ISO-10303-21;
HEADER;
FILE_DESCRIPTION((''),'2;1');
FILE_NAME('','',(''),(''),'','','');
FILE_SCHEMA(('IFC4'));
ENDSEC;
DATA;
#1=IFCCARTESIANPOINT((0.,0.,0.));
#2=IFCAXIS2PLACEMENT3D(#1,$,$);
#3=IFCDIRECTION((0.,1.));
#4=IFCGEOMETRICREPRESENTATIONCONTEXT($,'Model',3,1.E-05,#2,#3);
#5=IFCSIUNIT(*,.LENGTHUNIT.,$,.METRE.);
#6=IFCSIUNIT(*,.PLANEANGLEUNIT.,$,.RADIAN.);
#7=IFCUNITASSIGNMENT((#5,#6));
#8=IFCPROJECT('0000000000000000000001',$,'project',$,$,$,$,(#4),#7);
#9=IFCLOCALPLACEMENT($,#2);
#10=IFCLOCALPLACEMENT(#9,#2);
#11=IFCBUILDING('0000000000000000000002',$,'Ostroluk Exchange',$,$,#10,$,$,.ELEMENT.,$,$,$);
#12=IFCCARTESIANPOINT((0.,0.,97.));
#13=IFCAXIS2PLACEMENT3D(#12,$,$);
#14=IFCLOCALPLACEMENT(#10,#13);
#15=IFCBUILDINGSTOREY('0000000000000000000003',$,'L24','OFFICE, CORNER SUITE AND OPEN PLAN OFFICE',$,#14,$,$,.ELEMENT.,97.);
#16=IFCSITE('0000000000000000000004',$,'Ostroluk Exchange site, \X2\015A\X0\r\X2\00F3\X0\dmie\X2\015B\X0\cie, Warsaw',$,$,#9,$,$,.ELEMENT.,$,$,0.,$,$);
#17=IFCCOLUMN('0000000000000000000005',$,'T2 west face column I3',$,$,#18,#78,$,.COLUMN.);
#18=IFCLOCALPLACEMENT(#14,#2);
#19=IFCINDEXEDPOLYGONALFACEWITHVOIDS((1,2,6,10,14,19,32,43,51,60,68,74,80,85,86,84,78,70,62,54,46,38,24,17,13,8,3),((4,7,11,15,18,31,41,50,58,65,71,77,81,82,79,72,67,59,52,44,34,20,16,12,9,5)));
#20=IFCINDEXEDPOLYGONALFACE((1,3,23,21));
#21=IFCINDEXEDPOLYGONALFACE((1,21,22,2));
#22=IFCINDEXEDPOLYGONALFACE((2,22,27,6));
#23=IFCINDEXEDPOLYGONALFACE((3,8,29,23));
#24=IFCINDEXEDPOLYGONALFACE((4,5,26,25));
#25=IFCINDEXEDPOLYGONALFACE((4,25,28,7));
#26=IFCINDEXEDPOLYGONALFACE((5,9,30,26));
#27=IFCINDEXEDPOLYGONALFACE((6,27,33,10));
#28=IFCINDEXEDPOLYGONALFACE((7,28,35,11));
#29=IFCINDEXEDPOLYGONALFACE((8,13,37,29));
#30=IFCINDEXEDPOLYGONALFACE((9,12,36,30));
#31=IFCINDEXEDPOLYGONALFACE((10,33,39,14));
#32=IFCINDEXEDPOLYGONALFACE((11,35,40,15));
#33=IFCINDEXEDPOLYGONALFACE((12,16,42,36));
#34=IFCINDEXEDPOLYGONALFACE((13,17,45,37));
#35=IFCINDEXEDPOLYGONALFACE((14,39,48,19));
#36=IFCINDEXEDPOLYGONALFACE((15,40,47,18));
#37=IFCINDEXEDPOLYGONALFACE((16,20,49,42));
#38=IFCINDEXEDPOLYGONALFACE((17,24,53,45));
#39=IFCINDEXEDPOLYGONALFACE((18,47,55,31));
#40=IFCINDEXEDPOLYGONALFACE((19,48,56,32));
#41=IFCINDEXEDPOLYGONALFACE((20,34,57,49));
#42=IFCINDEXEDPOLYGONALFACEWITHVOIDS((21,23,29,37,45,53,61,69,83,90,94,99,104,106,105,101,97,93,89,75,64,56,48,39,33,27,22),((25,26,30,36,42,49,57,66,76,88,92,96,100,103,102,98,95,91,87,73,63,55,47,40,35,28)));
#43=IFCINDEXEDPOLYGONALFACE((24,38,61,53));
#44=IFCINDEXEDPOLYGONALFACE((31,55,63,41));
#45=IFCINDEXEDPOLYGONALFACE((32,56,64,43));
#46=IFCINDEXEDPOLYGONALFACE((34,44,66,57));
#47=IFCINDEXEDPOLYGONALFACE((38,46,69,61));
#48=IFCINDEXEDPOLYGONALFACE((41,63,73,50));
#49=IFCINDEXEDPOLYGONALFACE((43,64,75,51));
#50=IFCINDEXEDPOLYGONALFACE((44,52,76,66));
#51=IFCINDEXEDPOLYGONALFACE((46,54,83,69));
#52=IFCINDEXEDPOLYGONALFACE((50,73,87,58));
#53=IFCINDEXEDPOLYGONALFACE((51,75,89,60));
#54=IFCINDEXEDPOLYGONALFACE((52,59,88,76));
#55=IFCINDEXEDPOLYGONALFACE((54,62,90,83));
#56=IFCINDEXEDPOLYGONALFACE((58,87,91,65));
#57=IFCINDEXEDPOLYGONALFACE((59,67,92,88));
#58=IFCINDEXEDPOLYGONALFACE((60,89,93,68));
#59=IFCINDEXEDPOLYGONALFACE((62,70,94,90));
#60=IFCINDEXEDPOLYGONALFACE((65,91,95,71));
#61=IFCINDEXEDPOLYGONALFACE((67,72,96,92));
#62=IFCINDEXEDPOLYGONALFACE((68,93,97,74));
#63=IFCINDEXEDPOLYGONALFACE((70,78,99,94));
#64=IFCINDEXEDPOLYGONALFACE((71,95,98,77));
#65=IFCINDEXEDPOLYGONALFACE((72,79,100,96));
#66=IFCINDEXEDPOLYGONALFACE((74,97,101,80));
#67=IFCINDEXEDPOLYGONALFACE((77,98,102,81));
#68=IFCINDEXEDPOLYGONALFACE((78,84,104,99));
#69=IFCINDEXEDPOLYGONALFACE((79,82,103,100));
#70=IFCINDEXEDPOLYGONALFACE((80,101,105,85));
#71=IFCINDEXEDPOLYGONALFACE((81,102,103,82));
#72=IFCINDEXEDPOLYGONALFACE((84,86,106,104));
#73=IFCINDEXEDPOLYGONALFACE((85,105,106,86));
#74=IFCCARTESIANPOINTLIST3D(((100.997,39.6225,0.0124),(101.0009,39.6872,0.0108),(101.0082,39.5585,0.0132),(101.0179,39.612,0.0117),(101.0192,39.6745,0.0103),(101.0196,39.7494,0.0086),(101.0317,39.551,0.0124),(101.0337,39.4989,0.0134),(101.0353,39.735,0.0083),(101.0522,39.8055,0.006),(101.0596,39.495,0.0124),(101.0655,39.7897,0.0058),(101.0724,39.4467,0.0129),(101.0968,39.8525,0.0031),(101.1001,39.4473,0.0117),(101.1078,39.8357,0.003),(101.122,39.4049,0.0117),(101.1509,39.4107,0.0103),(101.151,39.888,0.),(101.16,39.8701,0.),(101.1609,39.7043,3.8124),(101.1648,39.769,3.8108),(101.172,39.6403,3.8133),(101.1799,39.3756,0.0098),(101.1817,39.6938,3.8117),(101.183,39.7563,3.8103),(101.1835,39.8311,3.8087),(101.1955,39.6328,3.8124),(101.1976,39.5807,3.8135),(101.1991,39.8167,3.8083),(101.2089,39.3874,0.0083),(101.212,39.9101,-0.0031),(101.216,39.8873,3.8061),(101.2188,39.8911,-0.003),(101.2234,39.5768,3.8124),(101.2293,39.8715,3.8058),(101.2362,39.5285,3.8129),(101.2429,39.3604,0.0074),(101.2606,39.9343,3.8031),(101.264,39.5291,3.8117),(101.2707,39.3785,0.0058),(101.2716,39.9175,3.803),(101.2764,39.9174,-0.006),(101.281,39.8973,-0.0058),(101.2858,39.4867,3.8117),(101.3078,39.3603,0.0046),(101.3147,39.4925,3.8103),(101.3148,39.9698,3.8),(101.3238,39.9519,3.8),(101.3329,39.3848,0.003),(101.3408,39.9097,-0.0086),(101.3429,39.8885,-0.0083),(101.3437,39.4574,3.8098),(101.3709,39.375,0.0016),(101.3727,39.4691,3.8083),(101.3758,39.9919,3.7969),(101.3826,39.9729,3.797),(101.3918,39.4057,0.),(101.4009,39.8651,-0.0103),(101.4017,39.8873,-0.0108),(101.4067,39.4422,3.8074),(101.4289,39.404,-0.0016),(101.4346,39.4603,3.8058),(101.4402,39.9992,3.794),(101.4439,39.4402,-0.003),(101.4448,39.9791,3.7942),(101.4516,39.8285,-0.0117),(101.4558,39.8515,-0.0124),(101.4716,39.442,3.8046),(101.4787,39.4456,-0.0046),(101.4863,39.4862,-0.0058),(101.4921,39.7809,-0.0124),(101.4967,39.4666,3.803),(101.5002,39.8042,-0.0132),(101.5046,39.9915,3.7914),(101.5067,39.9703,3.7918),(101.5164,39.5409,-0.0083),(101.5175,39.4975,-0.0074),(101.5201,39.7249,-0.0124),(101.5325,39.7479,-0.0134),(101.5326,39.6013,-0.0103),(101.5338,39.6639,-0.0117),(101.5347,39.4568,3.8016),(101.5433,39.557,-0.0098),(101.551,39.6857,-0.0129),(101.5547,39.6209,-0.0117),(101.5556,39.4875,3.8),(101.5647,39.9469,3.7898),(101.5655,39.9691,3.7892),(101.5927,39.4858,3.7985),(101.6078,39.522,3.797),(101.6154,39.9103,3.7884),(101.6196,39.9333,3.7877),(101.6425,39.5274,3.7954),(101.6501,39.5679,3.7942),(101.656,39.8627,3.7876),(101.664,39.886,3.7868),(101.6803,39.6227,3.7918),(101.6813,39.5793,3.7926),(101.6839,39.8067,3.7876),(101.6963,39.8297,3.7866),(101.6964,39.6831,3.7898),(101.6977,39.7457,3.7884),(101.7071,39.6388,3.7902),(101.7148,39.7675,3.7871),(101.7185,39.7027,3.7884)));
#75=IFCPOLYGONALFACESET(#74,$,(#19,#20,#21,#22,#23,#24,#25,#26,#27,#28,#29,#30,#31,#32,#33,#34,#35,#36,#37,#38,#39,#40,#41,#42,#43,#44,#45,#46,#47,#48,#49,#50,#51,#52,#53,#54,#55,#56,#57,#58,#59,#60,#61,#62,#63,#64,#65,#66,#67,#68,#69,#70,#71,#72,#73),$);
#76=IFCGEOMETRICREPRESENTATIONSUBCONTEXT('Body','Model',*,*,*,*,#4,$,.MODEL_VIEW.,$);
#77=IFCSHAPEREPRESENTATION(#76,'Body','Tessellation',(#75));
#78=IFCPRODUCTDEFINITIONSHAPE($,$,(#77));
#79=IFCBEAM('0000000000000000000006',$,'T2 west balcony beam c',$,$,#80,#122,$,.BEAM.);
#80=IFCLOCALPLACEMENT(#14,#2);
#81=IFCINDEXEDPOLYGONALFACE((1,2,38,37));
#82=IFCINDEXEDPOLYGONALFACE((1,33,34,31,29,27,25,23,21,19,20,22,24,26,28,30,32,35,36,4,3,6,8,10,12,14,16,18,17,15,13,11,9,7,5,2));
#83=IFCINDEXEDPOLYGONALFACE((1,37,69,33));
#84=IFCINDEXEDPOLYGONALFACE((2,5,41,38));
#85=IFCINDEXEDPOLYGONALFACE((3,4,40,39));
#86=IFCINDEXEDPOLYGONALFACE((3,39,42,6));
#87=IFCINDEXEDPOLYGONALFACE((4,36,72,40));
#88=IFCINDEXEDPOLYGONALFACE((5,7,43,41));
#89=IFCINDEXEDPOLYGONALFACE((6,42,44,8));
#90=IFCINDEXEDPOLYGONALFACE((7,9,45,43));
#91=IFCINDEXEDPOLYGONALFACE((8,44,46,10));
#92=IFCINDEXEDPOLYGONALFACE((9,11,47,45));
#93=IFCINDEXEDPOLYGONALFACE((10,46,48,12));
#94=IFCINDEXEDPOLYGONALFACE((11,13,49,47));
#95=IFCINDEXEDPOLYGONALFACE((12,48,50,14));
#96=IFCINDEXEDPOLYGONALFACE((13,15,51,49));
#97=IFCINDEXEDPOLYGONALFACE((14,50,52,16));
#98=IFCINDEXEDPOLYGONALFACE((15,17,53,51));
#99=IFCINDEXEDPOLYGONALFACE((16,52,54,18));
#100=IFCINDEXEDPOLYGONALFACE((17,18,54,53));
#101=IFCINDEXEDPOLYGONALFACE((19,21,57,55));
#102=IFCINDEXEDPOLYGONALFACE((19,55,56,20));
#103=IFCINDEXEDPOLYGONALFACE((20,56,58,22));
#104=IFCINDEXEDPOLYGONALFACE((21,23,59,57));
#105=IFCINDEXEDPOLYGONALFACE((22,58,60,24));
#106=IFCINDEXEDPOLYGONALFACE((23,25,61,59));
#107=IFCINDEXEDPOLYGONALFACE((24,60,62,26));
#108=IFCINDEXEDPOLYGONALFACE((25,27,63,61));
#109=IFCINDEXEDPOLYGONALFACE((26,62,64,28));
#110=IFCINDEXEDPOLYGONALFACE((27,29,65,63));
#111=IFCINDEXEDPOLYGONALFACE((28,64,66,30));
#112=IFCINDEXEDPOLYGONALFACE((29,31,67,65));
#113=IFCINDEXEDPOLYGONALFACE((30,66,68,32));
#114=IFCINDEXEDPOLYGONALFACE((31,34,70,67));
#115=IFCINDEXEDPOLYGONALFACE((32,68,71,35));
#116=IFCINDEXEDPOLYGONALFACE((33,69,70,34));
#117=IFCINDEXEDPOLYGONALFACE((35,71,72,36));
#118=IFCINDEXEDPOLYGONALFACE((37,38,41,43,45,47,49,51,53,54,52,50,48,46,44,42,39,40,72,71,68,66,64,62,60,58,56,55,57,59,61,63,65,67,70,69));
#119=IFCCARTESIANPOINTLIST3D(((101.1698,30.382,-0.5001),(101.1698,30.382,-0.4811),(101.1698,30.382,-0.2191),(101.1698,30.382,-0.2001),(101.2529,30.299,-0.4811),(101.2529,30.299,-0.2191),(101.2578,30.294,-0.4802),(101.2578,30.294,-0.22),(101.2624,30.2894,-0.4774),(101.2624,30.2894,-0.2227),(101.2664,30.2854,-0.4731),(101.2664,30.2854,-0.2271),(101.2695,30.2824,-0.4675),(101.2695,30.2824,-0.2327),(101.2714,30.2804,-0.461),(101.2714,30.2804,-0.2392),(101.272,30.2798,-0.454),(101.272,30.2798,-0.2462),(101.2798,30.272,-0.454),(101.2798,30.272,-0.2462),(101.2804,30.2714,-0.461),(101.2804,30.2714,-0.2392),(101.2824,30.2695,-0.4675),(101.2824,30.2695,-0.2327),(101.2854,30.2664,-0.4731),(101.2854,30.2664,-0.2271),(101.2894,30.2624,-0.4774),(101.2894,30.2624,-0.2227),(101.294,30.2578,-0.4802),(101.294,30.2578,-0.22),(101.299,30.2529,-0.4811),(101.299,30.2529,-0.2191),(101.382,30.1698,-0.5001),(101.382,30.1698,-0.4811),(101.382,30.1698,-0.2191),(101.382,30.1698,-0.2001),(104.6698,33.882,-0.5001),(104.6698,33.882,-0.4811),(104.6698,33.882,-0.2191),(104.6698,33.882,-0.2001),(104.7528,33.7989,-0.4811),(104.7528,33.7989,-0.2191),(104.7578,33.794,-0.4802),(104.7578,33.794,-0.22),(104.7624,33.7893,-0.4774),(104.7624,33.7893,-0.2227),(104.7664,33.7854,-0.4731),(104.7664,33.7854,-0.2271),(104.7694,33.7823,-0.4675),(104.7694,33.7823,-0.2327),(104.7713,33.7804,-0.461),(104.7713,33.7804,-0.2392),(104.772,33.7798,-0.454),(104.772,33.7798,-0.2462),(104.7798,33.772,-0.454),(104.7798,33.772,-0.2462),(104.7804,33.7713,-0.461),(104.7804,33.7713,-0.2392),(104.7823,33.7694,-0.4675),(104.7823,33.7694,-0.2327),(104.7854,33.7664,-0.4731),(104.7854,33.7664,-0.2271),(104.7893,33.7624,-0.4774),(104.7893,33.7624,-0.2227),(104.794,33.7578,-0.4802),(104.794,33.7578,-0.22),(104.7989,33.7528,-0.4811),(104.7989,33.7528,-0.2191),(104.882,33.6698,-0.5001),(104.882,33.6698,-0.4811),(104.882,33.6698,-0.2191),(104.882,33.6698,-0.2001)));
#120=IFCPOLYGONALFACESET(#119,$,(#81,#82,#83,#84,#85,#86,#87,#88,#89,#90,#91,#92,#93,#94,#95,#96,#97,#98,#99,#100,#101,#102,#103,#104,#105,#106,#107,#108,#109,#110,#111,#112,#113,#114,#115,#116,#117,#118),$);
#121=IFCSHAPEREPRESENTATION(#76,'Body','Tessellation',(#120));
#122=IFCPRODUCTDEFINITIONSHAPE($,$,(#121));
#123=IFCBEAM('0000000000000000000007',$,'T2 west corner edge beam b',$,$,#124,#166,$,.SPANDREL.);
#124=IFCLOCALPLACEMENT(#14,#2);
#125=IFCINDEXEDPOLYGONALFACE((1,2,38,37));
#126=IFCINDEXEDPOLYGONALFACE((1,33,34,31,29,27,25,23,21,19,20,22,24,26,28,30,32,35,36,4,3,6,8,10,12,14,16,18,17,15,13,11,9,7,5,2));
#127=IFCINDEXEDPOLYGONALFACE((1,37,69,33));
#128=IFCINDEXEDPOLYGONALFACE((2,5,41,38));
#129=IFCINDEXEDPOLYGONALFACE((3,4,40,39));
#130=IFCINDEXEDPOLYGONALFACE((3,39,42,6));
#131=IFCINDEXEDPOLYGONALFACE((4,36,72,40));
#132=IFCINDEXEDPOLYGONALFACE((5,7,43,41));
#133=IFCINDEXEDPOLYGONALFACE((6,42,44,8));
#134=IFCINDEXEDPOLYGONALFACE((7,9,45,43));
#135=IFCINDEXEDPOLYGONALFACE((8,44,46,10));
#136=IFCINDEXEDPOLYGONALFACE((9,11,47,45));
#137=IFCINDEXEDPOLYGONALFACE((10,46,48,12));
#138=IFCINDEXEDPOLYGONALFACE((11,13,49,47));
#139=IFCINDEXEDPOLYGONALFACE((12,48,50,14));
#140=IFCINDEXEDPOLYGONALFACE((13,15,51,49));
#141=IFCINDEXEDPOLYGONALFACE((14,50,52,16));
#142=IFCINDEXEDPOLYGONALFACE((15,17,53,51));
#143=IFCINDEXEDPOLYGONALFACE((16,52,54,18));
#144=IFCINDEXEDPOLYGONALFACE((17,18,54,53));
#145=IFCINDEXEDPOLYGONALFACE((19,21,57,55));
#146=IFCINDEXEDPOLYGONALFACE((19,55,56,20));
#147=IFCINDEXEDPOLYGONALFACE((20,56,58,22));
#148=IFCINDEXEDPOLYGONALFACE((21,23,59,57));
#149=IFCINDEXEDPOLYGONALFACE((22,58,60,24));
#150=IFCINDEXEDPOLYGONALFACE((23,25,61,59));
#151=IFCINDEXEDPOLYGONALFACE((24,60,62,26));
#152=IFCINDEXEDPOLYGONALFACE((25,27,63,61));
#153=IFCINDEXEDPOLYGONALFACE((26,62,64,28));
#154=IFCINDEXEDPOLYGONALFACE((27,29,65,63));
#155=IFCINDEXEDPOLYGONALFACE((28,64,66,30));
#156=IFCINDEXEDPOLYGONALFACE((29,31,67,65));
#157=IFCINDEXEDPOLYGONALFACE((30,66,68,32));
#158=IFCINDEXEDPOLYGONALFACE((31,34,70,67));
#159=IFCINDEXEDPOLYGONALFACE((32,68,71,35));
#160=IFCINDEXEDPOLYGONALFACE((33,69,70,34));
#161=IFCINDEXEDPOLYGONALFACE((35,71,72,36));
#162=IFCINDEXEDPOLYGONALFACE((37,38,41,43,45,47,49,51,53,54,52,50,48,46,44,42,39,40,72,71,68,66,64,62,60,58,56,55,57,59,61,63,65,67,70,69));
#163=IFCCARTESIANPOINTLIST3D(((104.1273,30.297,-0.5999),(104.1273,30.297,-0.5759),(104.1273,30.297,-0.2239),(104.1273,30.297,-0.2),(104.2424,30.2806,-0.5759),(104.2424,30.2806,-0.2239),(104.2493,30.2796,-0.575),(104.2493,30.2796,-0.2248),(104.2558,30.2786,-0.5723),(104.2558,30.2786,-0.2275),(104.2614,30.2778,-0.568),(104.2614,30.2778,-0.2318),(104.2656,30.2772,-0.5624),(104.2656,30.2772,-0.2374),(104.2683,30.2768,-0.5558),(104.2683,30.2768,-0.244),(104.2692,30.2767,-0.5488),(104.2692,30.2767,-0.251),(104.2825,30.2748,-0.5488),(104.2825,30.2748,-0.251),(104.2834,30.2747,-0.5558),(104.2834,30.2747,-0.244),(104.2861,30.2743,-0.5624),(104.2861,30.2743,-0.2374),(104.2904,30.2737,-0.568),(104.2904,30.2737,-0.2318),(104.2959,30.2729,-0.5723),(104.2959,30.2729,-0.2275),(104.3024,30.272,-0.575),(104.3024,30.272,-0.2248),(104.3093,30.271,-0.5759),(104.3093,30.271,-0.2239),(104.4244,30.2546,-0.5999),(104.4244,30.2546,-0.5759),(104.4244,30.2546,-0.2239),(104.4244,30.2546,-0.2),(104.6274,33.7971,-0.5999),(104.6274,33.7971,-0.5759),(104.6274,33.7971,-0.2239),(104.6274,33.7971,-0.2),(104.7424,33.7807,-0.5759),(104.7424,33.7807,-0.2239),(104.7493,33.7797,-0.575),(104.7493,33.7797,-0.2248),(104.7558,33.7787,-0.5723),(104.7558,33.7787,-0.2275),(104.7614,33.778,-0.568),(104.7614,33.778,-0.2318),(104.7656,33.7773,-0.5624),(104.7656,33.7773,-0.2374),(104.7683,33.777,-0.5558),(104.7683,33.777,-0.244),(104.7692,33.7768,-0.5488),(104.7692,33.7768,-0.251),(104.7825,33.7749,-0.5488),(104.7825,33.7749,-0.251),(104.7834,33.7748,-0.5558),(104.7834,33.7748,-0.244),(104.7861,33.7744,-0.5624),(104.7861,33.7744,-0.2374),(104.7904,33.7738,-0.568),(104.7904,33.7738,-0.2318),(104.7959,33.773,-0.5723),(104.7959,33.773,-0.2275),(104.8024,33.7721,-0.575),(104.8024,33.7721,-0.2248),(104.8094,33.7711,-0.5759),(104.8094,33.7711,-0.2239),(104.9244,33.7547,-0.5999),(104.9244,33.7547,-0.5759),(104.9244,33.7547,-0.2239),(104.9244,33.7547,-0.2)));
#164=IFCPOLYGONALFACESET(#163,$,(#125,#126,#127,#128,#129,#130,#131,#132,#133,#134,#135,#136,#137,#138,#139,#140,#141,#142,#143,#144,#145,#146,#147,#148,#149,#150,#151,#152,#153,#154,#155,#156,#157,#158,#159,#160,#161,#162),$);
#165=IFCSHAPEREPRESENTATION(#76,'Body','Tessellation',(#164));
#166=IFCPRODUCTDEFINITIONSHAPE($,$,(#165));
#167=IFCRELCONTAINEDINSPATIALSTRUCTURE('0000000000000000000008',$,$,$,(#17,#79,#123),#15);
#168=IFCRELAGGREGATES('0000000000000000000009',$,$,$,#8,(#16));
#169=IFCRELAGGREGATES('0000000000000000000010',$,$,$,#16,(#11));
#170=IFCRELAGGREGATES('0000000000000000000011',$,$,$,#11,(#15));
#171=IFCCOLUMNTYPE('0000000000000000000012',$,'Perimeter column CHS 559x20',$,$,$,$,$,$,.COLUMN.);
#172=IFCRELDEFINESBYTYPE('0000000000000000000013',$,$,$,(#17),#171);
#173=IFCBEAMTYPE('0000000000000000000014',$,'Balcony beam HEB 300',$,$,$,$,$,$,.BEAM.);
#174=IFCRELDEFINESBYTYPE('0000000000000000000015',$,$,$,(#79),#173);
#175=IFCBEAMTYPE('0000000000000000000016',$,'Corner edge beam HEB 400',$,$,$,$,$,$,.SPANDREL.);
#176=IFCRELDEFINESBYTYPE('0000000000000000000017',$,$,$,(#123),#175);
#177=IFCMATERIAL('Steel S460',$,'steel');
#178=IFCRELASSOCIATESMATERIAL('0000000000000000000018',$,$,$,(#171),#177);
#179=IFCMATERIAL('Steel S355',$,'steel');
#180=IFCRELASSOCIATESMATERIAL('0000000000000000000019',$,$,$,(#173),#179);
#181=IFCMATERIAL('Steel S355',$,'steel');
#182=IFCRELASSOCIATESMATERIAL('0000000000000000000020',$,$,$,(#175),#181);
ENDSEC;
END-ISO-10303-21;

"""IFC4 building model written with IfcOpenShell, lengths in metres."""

from ifc_helpers import new_model, si_unit, direction, frame, origin, origin_2d, place, context, subcontext, project, spatial, hollow_circle, i_section, extrude, material, material_profile, profile_set, type_object, element, save


model = new_model("IFC4")

# Units and contexts
model_context = context("Model", 3, precision=1e-05, world=origin(), true_north=direction((0.0, 1.0)))
body_context = subcontext(model_context, "Body", "Model", "MODEL_VIEW")
ifc_project = project(units=[si_unit("LENGTHUNIT", "METRE"), si_unit("PLANEANGLEUNIT", "RADIAN")], contexts=[model_context])

# Site, building, storey
site_placement = place(None, origin())
site = spatial("IfcSite", under=ifc_project, at=site_placement, Name="Ostroluk Exchange site, Śródmieście, Warsaw", CompositionType="ELEMENT", RefElevation=0.0)
building_placement = place(site_placement, origin())
building = spatial("IfcBuilding", under=site, at=building_placement, Name="Ostroluk Exchange", CompositionType="ELEMENT")
storey_placement = place(building_placement, frame((0.0, 0.0, 97.0)))
storey = spatial("IfcBuildingStorey", under=building, at=storey_placement, Name="L24", Description="OFFICE, CORNER SUITE AND OPEN PLAN OFFICE", CompositionType="ELEMENT", Elevation=97.0)

# Column
ifc_material_1 = material(Name="Steel S460", Category="steel")
ifc_material_profile_1 = material_profile(ifc_material_1, hollow_circle(Radius=0.2795, WallThickness=0.02, at=origin_2d()), Name="CHS 559x20")
ifc_profile_set_1 = profile_set([ifc_material_profile_1], Name="Steel S460")
column_type = type_object("IfcColumnType", Name="Perimeter column CHS 559x20", PredefinedType="COLUMN", material=ifc_profile_set_1)
column_placement = place(storey_placement, frame((101.2759, 39.6379, 0.0), z_axis=(0.04306, 0.021498, 0.998841), x_axis=(-0.44668, 0.894694, 0.0)))
element("IfcColumn", 1, at=column_placement, inside=storey, type_object=column_type, Name="T2 west face column I3", PredefinedType="COLUMN", context=body_context, shape_type="SweptSolid", body=[
    extrude(hollow_circle(Radius=0.2795, WallThickness=0.02, at=origin_2d()), origin(), (0.0, 0.0, 1.0), 3.8044),
])

# Beams
ifc_material_2 = material(Name="Steel S355", Category="steel")
ifc_material_profile_2 = material_profile(ifc_material_2, i_section(OverallWidth=0.3, OverallDepth=0.3, WebThickness=0.011, FlangeThickness=0.019, FilletRadius=0.0271, at=origin_2d()), Name="HEB 300")
ifc_profile_set_2 = profile_set([ifc_material_profile_2], Name="Steel S355")
beam_type_1 = type_object("IfcBeamType", Name="Balcony beam HEB 300", PredefinedType="BEAM", material=ifc_profile_set_2)
beam_1_placement = place(storey_placement, frame((104.7759, 33.7759, -0.3501), z_axis=(-0.707107, -0.707107, 0.0), x_axis=(0.707107, -0.707107, 0.0)))
element("IfcBeam", 2, at=beam_1_placement, inside=storey, type_object=beam_type_1, Name="T2 west balcony beam c", PredefinedType="BEAM", context=body_context, shape_type="SweptSolid", body=[
    extrude(i_section(OverallWidth=0.3, OverallDepth=0.3, WebThickness=0.011, FlangeThickness=0.019, FilletRadius=0.0271, at=origin_2d()), origin(), (0.0, 0.0, 1.0), 4.9497),
])
ifc_material_3 = material(Name="Steel S355", Category="steel")
ifc_material_profile_3 = material_profile(ifc_material_3, i_section(OverallWidth=0.3, OverallDepth=0.3999, WebThickness=0.0134, FlangeThickness=0.0239, FilletRadius=0.0271, at=origin_2d()), Name="HEB 400")
ifc_profile_set_3 = profile_set([ifc_material_profile_3], Name="Steel S355")
beam_type_2 = type_object("IfcBeamType", Name="Corner edge beam HEB 400", PredefinedType="SPANDREL", material=ifc_profile_set_3)
beam_2_placement = place(storey_placement, frame((104.7759, 33.7759, -0.3999), z_axis=(-0.141421, -0.989949, 0.0), x_axis=(0.989949, -0.141421, 0.0)))
element("IfcBeam", 3, at=beam_2_placement, inside=storey, type_object=beam_type_2, Name="T2 west corner edge beam b", PredefinedType="SPANDREL", context=body_context, shape_type="SweptSolid", body=[
    extrude(i_section(OverallWidth=0.3, OverallDepth=0.3999, WebThickness=0.0134, FlangeThickness=0.0239, FilletRadius=0.0271, at=origin_2d()), origin(), (0.0, 0.0, 1.0), 3.5356),
])

save(model, "model.ifc")
